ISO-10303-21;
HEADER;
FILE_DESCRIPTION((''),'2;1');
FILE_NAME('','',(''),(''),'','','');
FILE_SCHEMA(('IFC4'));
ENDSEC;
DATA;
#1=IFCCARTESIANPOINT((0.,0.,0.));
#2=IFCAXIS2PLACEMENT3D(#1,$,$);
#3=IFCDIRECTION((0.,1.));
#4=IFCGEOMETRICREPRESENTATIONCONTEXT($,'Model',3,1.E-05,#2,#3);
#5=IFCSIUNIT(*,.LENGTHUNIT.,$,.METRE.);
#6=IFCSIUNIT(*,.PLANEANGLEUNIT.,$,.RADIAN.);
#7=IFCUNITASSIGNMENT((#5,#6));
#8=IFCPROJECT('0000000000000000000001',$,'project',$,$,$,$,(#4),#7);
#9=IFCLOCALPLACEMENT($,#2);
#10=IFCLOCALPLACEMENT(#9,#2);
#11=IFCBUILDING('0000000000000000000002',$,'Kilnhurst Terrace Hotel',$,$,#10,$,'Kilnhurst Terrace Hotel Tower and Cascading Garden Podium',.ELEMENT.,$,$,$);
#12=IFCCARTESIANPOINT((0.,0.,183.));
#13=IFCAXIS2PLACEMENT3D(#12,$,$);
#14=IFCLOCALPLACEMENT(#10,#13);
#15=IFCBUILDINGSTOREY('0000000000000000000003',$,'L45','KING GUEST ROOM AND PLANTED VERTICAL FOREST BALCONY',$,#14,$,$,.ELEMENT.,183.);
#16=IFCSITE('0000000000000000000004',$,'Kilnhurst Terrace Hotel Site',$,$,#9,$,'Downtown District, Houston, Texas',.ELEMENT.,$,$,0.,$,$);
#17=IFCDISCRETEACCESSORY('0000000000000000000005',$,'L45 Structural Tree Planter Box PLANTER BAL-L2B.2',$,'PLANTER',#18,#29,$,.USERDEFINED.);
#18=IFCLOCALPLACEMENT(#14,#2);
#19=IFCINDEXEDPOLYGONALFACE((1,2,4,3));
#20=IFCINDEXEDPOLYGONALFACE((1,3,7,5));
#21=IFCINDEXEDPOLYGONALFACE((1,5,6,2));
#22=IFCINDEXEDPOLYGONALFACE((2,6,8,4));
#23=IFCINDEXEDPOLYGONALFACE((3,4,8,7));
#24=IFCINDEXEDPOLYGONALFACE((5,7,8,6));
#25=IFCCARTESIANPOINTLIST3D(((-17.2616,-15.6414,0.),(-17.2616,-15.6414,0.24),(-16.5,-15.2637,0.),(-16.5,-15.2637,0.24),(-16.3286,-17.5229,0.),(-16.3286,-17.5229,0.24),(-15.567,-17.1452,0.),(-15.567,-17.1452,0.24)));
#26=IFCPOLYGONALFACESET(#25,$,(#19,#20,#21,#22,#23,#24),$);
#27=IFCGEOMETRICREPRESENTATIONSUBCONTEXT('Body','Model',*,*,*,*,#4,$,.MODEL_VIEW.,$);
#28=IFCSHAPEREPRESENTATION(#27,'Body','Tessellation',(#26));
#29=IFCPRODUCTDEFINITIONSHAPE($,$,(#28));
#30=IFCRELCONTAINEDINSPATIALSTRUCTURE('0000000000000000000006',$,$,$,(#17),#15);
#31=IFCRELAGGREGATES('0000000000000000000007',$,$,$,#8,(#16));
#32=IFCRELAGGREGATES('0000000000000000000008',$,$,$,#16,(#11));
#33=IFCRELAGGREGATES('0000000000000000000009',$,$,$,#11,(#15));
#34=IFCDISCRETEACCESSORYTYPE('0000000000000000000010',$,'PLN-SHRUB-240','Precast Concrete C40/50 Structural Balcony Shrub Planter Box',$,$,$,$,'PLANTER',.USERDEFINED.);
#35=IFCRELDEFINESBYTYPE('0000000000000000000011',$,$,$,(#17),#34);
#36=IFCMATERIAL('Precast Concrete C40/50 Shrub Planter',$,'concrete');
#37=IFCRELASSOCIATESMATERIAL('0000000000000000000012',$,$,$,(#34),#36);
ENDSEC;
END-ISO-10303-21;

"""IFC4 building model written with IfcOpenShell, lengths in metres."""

from ifc_helpers import new_model, si_unit, direction, frame, origin, origin_2d, place, context, subcontext, project, spatial, rectangle, extrude, material, type_object, element, save


model = new_model("IFC4")

# Units and contexts
model_context = context("Model", 3, precision=1e-05, world=origin(), true_north=direction((0.0, 1.0)))
body_context = subcontext(model_context, "Body", "Model", "MODEL_VIEW")
ifc_project = project(units=[si_unit("LENGTHUNIT", "METRE"), si_unit("PLANEANGLEUNIT", "RADIAN")], contexts=[model_context])

# Site, building, storey
site_placement = place(None, origin())
site = spatial("IfcSite", under=ifc_project, at=site_placement, Name="Kilnhurst Terrace Hotel Site", LongName="Downtown District, Houston, Texas", CompositionType="ELEMENT", RefElevation=0.0)
building_placement = place(site_placement, origin())
building = spatial("IfcBuilding", under=site, at=building_placement, Name="Kilnhurst Terrace Hotel", LongName="Kilnhurst Terrace Hotel Tower and Cascading Garden Podium", CompositionType="ELEMENT")
storey_placement = place(building_placement, frame((0.0, 0.0, 183.0)))
storey = spatial("IfcBuildingStorey", under=building, at=storey_placement, Name="L45", Description="KING GUEST ROOM AND PLANTED VERTICAL FOREST BALCONY", CompositionType="ELEMENT", Elevation=183.0)

# Discrete accessory
ifc_material_1 = material(Name="Precast Concrete C40/50 Shrub Planter", Category="concrete")
discrete_accessory_type = type_object("IfcDiscreteAccessoryType", Name="PLN-SHRUB-240", Description="Precast Concrete C40/50 Structural Balcony Shrub Planter Box", ElementType="PLANTER", PredefinedType="USERDEFINED", material=ifc_material_1)
discrete_accessory_placement = place(storey_placement, frame((-16.4143, -16.3933, 0.0), z_axis=(0.0, 0.0, 1.0), x_axis=(0.444244, -0.895906, 0.0)))
element("IfcDiscreteAccessory", 1, at=discrete_accessory_placement, inside=storey, type_object=discrete_accessory_type, Name="L45 Structural Tree Planter Box PLANTER BAL-L2B.2", ObjectType="PLANTER", PredefinedType="USERDEFINED", context=body_context, shape_type="SweptSolid", body=[
    extrude(rectangle(XDim=2.1001, YDim=0.8501, at=origin_2d()), origin(), (0.0, 0.0, 1.0), 0.24),
])

save(model, "model.ifc")
